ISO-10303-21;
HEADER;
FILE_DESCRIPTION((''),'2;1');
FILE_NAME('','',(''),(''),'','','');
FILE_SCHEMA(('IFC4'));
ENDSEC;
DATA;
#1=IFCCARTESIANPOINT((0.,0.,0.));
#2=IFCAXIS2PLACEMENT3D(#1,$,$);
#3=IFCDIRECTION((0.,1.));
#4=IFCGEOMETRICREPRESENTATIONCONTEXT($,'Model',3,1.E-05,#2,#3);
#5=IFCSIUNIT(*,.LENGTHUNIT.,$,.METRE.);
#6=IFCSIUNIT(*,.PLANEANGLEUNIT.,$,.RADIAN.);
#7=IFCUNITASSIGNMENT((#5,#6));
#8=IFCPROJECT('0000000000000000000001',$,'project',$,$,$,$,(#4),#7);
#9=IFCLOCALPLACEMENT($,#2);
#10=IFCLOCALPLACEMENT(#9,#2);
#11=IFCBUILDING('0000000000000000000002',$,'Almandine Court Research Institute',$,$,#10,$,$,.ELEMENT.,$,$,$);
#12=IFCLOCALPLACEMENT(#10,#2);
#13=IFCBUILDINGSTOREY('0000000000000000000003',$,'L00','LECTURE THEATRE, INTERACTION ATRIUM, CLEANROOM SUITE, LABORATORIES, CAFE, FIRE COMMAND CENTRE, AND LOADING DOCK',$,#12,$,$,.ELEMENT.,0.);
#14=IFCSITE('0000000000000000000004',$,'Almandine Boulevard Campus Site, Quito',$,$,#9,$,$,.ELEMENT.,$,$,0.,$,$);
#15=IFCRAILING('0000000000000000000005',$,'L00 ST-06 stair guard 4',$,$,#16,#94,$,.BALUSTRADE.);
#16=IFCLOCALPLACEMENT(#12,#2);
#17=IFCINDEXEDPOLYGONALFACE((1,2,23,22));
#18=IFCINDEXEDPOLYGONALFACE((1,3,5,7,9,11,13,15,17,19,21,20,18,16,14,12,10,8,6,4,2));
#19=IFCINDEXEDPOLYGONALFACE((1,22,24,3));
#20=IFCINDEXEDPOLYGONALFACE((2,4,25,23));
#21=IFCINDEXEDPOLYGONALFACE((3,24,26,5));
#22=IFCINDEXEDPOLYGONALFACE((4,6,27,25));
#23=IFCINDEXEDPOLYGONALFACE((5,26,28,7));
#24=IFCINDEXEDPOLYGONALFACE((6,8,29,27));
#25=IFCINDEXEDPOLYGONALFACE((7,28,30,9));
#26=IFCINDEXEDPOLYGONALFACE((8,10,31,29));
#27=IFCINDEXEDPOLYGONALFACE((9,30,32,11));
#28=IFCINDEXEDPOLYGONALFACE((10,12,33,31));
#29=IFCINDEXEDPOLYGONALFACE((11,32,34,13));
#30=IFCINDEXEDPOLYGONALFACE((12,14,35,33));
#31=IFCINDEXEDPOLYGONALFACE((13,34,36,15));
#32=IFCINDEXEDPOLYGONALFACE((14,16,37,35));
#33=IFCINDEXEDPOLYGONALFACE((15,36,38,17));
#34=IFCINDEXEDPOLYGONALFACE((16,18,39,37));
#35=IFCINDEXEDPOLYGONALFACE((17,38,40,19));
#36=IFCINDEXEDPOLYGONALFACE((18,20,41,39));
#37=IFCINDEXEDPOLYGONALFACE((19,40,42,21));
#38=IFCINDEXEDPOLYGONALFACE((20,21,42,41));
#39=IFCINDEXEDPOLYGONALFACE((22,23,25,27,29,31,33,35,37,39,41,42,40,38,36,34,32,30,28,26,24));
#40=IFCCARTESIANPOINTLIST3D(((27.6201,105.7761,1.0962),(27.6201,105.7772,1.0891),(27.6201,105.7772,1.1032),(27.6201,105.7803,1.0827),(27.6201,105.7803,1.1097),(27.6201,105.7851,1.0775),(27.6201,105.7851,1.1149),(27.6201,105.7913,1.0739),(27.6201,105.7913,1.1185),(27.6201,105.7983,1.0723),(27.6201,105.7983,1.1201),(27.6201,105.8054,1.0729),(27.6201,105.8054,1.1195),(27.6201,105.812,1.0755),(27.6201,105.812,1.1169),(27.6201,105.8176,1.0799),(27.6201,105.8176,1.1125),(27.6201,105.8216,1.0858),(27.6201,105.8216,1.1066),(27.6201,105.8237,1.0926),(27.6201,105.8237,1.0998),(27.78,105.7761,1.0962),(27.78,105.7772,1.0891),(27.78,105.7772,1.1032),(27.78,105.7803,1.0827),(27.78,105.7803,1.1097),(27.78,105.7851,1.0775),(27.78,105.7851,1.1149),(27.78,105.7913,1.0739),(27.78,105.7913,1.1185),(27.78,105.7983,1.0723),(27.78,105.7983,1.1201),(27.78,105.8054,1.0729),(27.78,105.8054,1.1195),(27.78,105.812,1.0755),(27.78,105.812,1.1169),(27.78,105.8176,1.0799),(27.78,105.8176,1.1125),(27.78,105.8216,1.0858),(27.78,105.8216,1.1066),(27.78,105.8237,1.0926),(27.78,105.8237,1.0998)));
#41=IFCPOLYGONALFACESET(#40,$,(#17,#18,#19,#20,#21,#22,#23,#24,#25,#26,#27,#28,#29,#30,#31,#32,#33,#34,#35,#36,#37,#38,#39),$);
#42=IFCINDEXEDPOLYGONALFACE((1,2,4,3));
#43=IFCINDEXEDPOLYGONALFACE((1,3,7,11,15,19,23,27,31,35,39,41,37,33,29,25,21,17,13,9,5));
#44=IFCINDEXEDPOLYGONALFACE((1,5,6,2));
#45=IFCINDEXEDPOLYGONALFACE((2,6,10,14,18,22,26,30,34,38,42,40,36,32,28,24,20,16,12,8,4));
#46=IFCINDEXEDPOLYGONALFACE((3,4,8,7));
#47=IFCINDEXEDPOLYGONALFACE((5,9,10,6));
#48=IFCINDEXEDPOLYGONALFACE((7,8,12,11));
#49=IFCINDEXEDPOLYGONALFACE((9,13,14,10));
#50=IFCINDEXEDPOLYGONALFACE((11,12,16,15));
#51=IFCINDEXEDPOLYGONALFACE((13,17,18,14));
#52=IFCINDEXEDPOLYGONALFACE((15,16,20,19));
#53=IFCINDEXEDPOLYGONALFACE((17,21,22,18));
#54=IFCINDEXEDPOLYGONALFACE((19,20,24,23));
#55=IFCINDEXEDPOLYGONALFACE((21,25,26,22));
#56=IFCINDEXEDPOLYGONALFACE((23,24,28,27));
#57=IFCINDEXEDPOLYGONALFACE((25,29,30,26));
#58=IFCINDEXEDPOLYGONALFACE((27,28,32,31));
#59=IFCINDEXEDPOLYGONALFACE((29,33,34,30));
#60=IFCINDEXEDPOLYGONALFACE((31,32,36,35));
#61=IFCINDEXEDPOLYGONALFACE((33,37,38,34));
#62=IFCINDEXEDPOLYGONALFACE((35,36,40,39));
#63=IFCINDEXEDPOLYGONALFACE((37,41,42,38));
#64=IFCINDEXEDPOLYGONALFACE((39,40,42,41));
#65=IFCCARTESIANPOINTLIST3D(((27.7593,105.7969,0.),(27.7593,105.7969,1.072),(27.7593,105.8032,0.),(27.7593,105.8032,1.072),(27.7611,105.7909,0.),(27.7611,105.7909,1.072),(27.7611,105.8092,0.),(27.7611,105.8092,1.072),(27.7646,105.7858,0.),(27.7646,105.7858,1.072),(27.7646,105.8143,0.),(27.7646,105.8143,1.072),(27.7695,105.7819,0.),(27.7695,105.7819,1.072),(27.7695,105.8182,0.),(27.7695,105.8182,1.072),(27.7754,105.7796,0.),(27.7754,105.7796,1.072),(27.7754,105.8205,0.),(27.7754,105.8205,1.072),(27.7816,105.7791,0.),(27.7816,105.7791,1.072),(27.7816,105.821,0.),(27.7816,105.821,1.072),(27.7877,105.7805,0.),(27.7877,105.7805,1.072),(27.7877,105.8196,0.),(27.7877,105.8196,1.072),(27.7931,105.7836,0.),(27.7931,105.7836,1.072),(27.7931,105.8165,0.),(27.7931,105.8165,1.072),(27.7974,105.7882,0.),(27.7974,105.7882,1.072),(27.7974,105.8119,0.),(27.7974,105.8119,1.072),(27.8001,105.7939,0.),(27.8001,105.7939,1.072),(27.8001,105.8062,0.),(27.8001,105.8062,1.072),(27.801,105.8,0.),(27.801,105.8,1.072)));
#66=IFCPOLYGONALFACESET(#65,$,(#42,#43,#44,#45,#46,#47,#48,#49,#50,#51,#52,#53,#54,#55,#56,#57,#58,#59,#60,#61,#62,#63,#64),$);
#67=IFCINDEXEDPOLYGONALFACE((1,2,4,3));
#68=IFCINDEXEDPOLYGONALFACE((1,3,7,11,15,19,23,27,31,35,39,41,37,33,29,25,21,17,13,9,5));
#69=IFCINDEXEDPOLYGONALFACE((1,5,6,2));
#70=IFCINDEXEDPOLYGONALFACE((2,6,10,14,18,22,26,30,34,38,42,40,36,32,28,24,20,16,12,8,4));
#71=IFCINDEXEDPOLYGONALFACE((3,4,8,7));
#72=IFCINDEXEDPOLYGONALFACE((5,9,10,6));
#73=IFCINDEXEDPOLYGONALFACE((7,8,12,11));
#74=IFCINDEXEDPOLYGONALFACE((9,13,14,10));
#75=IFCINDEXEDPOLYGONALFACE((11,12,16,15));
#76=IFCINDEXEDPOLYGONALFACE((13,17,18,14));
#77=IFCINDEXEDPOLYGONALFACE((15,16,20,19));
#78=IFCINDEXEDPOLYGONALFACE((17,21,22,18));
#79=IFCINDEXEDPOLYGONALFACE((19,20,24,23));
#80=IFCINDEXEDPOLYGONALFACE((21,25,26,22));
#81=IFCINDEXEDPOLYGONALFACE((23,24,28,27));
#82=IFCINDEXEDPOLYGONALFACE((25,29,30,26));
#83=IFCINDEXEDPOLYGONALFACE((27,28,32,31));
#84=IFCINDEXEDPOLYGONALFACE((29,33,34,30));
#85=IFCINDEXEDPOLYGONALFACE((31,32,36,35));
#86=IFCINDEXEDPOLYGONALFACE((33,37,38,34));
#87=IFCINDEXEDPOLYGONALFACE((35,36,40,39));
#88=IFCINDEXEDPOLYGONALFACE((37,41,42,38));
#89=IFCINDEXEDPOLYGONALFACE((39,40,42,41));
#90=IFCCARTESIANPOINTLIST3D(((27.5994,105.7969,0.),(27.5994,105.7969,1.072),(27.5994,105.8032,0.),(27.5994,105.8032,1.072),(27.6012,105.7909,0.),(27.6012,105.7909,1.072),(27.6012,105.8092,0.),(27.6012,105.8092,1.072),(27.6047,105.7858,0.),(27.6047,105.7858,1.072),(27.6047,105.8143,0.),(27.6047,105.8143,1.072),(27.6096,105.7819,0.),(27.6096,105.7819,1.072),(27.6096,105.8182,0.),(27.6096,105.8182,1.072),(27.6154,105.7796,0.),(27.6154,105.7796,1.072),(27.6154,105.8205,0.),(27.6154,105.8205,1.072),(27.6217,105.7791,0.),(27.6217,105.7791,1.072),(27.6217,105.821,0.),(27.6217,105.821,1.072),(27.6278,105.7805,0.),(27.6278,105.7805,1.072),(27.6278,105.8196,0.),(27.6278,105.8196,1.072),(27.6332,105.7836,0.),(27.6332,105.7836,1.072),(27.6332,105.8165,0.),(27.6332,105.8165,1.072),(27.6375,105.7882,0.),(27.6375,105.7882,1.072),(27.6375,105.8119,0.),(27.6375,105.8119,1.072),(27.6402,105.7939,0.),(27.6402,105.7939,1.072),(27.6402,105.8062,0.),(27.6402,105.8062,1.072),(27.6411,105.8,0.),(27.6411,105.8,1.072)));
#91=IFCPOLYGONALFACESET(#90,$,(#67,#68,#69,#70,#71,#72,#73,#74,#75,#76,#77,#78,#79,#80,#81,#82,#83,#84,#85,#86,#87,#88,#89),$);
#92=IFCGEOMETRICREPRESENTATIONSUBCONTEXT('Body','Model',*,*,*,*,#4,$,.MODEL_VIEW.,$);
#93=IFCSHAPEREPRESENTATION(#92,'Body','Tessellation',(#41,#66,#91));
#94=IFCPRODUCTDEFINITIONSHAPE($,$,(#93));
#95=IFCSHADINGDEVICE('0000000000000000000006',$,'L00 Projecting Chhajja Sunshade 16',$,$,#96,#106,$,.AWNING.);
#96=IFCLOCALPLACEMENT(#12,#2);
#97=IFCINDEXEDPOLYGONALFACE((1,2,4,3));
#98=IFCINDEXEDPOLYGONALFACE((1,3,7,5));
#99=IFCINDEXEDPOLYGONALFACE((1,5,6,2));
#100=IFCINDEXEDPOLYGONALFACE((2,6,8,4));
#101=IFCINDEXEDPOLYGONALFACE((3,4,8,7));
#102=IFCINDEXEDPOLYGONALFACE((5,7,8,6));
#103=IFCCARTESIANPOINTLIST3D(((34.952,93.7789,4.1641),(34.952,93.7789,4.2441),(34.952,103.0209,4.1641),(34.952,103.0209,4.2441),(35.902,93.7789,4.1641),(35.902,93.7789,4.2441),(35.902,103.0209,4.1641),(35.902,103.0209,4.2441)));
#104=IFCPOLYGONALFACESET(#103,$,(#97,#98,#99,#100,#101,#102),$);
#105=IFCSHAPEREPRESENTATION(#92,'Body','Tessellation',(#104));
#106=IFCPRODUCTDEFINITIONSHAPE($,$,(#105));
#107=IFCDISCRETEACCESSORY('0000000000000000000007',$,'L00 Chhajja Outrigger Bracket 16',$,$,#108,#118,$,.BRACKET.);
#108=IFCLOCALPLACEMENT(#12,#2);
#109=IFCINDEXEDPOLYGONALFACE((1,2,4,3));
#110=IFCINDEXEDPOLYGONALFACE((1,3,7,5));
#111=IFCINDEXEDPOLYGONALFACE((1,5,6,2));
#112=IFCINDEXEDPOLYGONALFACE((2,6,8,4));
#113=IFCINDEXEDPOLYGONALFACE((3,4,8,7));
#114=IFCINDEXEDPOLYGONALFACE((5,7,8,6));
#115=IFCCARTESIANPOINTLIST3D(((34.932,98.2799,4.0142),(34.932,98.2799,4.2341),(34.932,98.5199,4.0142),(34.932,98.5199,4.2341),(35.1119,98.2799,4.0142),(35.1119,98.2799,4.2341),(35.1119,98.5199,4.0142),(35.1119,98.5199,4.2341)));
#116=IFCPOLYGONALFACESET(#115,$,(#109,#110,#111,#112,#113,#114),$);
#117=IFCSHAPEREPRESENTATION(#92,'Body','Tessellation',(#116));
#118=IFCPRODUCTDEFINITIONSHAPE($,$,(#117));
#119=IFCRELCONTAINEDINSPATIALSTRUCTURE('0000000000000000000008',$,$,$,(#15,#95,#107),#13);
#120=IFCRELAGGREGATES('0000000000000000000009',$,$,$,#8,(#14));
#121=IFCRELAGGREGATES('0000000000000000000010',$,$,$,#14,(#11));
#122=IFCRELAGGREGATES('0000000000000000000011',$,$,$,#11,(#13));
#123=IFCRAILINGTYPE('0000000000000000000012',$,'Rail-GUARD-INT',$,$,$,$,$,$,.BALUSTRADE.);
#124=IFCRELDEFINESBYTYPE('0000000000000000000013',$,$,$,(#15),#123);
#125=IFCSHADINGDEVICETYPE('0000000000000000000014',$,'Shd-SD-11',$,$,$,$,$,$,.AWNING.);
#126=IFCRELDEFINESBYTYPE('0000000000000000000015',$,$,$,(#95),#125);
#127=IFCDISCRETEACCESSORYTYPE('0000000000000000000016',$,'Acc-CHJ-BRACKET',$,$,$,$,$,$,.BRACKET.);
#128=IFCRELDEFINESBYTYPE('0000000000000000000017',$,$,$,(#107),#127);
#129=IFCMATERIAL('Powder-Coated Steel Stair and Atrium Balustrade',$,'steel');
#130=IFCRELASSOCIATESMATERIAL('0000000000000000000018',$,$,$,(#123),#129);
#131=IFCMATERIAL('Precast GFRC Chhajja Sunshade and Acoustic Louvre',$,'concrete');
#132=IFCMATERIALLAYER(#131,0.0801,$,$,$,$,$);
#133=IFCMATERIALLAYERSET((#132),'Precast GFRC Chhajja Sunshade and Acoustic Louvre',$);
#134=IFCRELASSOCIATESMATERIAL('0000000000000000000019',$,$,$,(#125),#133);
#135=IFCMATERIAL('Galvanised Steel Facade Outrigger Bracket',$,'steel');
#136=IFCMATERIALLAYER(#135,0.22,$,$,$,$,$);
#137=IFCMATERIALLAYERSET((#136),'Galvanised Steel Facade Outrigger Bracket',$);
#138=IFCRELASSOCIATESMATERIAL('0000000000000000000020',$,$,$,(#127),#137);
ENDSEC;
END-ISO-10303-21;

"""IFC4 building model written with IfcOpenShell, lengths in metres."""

from ifc_helpers import new_model, si_unit, direction, frame, origin, origin_2d, place, context, subcontext, project, spatial, rectangle, circle, extrude, material, layer, layer_set, type_object, element, save


model = new_model("IFC4")

# Units and contexts
model_context = context("Model", 3, precision=1e-05, world=origin(), true_north=direction((0.0, 1.0)))
body_context = subcontext(model_context, "Body", "Model", "MODEL_VIEW")
ifc_project = project(units=[si_unit("LENGTHUNIT", "METRE"), si_unit("PLANEANGLEUNIT", "RADIAN")], contexts=[model_context])

# Site, building, storey
site_placement = place(None, origin())
site = spatial("IfcSite", under=ifc_project, at=site_placement, Name="Almandine Boulevard Campus Site, Quito", CompositionType="ELEMENT", RefElevation=0.0)
building_placement = place(site_placement, origin())
building = spatial("IfcBuilding", under=site, at=building_placement, Name="Almandine Court Research Institute", CompositionType="ELEMENT")
storey_placement = place(building_placement, origin())
storey = spatial("IfcBuildingStorey", under=building, at=storey_placement, Name="L00", Description="LECTURE THEATRE, INTERACTION ATRIUM, CLEANROOM SUITE, LABORATORIES, CAFE, FIRE COMMAND CENTRE, AND LOADING DOCK", CompositionType="ELEMENT", Elevation=0.0)

# Railing
ifc_material_1 = material(Name="Powder-Coated Steel Stair and Atrium Balustrade", Category="steel")
railing_type_1 = type_object("IfcRailingType", Name="Rail-GUARD-INT", PredefinedType="BALUSTRADE", material=ifc_material_1)
railing_1_placement = place(storey_placement, frame((27.78, 105.8, 0.0)))
element("IfcRailing", 1, at=railing_1_placement, inside=storey, type_object=railing_type_1, Name="L00 ST-06 stair guard 4", PredefinedType="BALUSTRADE", context=body_context, shape_type="SweptSolid", body=[
    extrude(circle(Radius=0.0239, at=origin_2d()), frame((0.0, 0.0, 1.0962), z_axis=(-1.0, 0.0, 0.0), x_axis=(0.0, -1.0, 0.0)), (0.0, 0.0, 1.0), 0.1599),
    extrude(circle(Radius=0.021, at=origin_2d()), origin(), (0.0, 0.0, 1.0), 1.072),
    extrude(circle(Radius=0.021, at=origin_2d()), frame((-0.1599, 0.0, 0.0)), (0.0, 0.0, 1.0), 1.072),
])

# Shading device
ifc_material_2 = material(Name="Precast GFRC Chhajja Sunshade and Acoustic Louvre", Category="concrete")
ifc_layer_1 = layer(ifc_material_2, 0.0801)
ifc_layer_set_1 = layer_set([ifc_layer_1], Name="Precast GFRC Chhajja Sunshade and Acoustic Louvre")
shading_device_type = type_object("IfcShadingDeviceType", Name="Shd-SD-11", PredefinedType="AWNING", material=ifc_layer_set_1)
shading_device_placement = place(storey_placement, frame((35.427, 98.3999, 4.1641), z_axis=(0.0, 0.0, 1.0), x_axis=(0.0, -1.0, 0.0)))
element("IfcShadingDevice", 2, at=shading_device_placement, inside=storey, type_object=shading_device_type, Name="L00 Projecting Chhajja Sunshade 16", PredefinedType="AWNING", context=body_context, shape_type="SweptSolid", body=[
    extrude(rectangle(XDim=9.2419, YDim=0.95, at=origin_2d()), origin(), (0.0, 0.0, 1.0), 0.0801),
])

# Discrete accessory
ifc_material_3 = material(Name="Galvanised Steel Facade Outrigger Bracket", Category="steel")
ifc_layer_2 = layer(ifc_material_3, 0.22)
ifc_layer_set_2 = layer_set([ifc_layer_2], Name="Galvanised Steel Facade Outrigger Bracket")
discrete_accessory_type = type_object("IfcDiscreteAccessoryType", Name="Acc-CHJ-BRACKET", PredefinedType="BRACKET", material=ifc_layer_set_2)
discrete_accessory_placement = place(storey_placement, frame((35.022, 98.3999, 4.0142), z_axis=(0.0, 0.0, 1.0), x_axis=(0.0, -1.0, 0.0)))
element("IfcDiscreteAccessory", 3, at=discrete_accessory_placement, inside=storey, type_object=discrete_accessory_type, Name="L00 Chhajja Outrigger Bracket 16", PredefinedType="BRACKET", context=body_context, shape_type="SweptSolid", body=[
    extrude(rectangle(XDim=0.24, YDim=0.1799, at=origin_2d()), origin(), (0.0, 0.0, 1.0), 0.22),
])

save(model, "model.ifc")
